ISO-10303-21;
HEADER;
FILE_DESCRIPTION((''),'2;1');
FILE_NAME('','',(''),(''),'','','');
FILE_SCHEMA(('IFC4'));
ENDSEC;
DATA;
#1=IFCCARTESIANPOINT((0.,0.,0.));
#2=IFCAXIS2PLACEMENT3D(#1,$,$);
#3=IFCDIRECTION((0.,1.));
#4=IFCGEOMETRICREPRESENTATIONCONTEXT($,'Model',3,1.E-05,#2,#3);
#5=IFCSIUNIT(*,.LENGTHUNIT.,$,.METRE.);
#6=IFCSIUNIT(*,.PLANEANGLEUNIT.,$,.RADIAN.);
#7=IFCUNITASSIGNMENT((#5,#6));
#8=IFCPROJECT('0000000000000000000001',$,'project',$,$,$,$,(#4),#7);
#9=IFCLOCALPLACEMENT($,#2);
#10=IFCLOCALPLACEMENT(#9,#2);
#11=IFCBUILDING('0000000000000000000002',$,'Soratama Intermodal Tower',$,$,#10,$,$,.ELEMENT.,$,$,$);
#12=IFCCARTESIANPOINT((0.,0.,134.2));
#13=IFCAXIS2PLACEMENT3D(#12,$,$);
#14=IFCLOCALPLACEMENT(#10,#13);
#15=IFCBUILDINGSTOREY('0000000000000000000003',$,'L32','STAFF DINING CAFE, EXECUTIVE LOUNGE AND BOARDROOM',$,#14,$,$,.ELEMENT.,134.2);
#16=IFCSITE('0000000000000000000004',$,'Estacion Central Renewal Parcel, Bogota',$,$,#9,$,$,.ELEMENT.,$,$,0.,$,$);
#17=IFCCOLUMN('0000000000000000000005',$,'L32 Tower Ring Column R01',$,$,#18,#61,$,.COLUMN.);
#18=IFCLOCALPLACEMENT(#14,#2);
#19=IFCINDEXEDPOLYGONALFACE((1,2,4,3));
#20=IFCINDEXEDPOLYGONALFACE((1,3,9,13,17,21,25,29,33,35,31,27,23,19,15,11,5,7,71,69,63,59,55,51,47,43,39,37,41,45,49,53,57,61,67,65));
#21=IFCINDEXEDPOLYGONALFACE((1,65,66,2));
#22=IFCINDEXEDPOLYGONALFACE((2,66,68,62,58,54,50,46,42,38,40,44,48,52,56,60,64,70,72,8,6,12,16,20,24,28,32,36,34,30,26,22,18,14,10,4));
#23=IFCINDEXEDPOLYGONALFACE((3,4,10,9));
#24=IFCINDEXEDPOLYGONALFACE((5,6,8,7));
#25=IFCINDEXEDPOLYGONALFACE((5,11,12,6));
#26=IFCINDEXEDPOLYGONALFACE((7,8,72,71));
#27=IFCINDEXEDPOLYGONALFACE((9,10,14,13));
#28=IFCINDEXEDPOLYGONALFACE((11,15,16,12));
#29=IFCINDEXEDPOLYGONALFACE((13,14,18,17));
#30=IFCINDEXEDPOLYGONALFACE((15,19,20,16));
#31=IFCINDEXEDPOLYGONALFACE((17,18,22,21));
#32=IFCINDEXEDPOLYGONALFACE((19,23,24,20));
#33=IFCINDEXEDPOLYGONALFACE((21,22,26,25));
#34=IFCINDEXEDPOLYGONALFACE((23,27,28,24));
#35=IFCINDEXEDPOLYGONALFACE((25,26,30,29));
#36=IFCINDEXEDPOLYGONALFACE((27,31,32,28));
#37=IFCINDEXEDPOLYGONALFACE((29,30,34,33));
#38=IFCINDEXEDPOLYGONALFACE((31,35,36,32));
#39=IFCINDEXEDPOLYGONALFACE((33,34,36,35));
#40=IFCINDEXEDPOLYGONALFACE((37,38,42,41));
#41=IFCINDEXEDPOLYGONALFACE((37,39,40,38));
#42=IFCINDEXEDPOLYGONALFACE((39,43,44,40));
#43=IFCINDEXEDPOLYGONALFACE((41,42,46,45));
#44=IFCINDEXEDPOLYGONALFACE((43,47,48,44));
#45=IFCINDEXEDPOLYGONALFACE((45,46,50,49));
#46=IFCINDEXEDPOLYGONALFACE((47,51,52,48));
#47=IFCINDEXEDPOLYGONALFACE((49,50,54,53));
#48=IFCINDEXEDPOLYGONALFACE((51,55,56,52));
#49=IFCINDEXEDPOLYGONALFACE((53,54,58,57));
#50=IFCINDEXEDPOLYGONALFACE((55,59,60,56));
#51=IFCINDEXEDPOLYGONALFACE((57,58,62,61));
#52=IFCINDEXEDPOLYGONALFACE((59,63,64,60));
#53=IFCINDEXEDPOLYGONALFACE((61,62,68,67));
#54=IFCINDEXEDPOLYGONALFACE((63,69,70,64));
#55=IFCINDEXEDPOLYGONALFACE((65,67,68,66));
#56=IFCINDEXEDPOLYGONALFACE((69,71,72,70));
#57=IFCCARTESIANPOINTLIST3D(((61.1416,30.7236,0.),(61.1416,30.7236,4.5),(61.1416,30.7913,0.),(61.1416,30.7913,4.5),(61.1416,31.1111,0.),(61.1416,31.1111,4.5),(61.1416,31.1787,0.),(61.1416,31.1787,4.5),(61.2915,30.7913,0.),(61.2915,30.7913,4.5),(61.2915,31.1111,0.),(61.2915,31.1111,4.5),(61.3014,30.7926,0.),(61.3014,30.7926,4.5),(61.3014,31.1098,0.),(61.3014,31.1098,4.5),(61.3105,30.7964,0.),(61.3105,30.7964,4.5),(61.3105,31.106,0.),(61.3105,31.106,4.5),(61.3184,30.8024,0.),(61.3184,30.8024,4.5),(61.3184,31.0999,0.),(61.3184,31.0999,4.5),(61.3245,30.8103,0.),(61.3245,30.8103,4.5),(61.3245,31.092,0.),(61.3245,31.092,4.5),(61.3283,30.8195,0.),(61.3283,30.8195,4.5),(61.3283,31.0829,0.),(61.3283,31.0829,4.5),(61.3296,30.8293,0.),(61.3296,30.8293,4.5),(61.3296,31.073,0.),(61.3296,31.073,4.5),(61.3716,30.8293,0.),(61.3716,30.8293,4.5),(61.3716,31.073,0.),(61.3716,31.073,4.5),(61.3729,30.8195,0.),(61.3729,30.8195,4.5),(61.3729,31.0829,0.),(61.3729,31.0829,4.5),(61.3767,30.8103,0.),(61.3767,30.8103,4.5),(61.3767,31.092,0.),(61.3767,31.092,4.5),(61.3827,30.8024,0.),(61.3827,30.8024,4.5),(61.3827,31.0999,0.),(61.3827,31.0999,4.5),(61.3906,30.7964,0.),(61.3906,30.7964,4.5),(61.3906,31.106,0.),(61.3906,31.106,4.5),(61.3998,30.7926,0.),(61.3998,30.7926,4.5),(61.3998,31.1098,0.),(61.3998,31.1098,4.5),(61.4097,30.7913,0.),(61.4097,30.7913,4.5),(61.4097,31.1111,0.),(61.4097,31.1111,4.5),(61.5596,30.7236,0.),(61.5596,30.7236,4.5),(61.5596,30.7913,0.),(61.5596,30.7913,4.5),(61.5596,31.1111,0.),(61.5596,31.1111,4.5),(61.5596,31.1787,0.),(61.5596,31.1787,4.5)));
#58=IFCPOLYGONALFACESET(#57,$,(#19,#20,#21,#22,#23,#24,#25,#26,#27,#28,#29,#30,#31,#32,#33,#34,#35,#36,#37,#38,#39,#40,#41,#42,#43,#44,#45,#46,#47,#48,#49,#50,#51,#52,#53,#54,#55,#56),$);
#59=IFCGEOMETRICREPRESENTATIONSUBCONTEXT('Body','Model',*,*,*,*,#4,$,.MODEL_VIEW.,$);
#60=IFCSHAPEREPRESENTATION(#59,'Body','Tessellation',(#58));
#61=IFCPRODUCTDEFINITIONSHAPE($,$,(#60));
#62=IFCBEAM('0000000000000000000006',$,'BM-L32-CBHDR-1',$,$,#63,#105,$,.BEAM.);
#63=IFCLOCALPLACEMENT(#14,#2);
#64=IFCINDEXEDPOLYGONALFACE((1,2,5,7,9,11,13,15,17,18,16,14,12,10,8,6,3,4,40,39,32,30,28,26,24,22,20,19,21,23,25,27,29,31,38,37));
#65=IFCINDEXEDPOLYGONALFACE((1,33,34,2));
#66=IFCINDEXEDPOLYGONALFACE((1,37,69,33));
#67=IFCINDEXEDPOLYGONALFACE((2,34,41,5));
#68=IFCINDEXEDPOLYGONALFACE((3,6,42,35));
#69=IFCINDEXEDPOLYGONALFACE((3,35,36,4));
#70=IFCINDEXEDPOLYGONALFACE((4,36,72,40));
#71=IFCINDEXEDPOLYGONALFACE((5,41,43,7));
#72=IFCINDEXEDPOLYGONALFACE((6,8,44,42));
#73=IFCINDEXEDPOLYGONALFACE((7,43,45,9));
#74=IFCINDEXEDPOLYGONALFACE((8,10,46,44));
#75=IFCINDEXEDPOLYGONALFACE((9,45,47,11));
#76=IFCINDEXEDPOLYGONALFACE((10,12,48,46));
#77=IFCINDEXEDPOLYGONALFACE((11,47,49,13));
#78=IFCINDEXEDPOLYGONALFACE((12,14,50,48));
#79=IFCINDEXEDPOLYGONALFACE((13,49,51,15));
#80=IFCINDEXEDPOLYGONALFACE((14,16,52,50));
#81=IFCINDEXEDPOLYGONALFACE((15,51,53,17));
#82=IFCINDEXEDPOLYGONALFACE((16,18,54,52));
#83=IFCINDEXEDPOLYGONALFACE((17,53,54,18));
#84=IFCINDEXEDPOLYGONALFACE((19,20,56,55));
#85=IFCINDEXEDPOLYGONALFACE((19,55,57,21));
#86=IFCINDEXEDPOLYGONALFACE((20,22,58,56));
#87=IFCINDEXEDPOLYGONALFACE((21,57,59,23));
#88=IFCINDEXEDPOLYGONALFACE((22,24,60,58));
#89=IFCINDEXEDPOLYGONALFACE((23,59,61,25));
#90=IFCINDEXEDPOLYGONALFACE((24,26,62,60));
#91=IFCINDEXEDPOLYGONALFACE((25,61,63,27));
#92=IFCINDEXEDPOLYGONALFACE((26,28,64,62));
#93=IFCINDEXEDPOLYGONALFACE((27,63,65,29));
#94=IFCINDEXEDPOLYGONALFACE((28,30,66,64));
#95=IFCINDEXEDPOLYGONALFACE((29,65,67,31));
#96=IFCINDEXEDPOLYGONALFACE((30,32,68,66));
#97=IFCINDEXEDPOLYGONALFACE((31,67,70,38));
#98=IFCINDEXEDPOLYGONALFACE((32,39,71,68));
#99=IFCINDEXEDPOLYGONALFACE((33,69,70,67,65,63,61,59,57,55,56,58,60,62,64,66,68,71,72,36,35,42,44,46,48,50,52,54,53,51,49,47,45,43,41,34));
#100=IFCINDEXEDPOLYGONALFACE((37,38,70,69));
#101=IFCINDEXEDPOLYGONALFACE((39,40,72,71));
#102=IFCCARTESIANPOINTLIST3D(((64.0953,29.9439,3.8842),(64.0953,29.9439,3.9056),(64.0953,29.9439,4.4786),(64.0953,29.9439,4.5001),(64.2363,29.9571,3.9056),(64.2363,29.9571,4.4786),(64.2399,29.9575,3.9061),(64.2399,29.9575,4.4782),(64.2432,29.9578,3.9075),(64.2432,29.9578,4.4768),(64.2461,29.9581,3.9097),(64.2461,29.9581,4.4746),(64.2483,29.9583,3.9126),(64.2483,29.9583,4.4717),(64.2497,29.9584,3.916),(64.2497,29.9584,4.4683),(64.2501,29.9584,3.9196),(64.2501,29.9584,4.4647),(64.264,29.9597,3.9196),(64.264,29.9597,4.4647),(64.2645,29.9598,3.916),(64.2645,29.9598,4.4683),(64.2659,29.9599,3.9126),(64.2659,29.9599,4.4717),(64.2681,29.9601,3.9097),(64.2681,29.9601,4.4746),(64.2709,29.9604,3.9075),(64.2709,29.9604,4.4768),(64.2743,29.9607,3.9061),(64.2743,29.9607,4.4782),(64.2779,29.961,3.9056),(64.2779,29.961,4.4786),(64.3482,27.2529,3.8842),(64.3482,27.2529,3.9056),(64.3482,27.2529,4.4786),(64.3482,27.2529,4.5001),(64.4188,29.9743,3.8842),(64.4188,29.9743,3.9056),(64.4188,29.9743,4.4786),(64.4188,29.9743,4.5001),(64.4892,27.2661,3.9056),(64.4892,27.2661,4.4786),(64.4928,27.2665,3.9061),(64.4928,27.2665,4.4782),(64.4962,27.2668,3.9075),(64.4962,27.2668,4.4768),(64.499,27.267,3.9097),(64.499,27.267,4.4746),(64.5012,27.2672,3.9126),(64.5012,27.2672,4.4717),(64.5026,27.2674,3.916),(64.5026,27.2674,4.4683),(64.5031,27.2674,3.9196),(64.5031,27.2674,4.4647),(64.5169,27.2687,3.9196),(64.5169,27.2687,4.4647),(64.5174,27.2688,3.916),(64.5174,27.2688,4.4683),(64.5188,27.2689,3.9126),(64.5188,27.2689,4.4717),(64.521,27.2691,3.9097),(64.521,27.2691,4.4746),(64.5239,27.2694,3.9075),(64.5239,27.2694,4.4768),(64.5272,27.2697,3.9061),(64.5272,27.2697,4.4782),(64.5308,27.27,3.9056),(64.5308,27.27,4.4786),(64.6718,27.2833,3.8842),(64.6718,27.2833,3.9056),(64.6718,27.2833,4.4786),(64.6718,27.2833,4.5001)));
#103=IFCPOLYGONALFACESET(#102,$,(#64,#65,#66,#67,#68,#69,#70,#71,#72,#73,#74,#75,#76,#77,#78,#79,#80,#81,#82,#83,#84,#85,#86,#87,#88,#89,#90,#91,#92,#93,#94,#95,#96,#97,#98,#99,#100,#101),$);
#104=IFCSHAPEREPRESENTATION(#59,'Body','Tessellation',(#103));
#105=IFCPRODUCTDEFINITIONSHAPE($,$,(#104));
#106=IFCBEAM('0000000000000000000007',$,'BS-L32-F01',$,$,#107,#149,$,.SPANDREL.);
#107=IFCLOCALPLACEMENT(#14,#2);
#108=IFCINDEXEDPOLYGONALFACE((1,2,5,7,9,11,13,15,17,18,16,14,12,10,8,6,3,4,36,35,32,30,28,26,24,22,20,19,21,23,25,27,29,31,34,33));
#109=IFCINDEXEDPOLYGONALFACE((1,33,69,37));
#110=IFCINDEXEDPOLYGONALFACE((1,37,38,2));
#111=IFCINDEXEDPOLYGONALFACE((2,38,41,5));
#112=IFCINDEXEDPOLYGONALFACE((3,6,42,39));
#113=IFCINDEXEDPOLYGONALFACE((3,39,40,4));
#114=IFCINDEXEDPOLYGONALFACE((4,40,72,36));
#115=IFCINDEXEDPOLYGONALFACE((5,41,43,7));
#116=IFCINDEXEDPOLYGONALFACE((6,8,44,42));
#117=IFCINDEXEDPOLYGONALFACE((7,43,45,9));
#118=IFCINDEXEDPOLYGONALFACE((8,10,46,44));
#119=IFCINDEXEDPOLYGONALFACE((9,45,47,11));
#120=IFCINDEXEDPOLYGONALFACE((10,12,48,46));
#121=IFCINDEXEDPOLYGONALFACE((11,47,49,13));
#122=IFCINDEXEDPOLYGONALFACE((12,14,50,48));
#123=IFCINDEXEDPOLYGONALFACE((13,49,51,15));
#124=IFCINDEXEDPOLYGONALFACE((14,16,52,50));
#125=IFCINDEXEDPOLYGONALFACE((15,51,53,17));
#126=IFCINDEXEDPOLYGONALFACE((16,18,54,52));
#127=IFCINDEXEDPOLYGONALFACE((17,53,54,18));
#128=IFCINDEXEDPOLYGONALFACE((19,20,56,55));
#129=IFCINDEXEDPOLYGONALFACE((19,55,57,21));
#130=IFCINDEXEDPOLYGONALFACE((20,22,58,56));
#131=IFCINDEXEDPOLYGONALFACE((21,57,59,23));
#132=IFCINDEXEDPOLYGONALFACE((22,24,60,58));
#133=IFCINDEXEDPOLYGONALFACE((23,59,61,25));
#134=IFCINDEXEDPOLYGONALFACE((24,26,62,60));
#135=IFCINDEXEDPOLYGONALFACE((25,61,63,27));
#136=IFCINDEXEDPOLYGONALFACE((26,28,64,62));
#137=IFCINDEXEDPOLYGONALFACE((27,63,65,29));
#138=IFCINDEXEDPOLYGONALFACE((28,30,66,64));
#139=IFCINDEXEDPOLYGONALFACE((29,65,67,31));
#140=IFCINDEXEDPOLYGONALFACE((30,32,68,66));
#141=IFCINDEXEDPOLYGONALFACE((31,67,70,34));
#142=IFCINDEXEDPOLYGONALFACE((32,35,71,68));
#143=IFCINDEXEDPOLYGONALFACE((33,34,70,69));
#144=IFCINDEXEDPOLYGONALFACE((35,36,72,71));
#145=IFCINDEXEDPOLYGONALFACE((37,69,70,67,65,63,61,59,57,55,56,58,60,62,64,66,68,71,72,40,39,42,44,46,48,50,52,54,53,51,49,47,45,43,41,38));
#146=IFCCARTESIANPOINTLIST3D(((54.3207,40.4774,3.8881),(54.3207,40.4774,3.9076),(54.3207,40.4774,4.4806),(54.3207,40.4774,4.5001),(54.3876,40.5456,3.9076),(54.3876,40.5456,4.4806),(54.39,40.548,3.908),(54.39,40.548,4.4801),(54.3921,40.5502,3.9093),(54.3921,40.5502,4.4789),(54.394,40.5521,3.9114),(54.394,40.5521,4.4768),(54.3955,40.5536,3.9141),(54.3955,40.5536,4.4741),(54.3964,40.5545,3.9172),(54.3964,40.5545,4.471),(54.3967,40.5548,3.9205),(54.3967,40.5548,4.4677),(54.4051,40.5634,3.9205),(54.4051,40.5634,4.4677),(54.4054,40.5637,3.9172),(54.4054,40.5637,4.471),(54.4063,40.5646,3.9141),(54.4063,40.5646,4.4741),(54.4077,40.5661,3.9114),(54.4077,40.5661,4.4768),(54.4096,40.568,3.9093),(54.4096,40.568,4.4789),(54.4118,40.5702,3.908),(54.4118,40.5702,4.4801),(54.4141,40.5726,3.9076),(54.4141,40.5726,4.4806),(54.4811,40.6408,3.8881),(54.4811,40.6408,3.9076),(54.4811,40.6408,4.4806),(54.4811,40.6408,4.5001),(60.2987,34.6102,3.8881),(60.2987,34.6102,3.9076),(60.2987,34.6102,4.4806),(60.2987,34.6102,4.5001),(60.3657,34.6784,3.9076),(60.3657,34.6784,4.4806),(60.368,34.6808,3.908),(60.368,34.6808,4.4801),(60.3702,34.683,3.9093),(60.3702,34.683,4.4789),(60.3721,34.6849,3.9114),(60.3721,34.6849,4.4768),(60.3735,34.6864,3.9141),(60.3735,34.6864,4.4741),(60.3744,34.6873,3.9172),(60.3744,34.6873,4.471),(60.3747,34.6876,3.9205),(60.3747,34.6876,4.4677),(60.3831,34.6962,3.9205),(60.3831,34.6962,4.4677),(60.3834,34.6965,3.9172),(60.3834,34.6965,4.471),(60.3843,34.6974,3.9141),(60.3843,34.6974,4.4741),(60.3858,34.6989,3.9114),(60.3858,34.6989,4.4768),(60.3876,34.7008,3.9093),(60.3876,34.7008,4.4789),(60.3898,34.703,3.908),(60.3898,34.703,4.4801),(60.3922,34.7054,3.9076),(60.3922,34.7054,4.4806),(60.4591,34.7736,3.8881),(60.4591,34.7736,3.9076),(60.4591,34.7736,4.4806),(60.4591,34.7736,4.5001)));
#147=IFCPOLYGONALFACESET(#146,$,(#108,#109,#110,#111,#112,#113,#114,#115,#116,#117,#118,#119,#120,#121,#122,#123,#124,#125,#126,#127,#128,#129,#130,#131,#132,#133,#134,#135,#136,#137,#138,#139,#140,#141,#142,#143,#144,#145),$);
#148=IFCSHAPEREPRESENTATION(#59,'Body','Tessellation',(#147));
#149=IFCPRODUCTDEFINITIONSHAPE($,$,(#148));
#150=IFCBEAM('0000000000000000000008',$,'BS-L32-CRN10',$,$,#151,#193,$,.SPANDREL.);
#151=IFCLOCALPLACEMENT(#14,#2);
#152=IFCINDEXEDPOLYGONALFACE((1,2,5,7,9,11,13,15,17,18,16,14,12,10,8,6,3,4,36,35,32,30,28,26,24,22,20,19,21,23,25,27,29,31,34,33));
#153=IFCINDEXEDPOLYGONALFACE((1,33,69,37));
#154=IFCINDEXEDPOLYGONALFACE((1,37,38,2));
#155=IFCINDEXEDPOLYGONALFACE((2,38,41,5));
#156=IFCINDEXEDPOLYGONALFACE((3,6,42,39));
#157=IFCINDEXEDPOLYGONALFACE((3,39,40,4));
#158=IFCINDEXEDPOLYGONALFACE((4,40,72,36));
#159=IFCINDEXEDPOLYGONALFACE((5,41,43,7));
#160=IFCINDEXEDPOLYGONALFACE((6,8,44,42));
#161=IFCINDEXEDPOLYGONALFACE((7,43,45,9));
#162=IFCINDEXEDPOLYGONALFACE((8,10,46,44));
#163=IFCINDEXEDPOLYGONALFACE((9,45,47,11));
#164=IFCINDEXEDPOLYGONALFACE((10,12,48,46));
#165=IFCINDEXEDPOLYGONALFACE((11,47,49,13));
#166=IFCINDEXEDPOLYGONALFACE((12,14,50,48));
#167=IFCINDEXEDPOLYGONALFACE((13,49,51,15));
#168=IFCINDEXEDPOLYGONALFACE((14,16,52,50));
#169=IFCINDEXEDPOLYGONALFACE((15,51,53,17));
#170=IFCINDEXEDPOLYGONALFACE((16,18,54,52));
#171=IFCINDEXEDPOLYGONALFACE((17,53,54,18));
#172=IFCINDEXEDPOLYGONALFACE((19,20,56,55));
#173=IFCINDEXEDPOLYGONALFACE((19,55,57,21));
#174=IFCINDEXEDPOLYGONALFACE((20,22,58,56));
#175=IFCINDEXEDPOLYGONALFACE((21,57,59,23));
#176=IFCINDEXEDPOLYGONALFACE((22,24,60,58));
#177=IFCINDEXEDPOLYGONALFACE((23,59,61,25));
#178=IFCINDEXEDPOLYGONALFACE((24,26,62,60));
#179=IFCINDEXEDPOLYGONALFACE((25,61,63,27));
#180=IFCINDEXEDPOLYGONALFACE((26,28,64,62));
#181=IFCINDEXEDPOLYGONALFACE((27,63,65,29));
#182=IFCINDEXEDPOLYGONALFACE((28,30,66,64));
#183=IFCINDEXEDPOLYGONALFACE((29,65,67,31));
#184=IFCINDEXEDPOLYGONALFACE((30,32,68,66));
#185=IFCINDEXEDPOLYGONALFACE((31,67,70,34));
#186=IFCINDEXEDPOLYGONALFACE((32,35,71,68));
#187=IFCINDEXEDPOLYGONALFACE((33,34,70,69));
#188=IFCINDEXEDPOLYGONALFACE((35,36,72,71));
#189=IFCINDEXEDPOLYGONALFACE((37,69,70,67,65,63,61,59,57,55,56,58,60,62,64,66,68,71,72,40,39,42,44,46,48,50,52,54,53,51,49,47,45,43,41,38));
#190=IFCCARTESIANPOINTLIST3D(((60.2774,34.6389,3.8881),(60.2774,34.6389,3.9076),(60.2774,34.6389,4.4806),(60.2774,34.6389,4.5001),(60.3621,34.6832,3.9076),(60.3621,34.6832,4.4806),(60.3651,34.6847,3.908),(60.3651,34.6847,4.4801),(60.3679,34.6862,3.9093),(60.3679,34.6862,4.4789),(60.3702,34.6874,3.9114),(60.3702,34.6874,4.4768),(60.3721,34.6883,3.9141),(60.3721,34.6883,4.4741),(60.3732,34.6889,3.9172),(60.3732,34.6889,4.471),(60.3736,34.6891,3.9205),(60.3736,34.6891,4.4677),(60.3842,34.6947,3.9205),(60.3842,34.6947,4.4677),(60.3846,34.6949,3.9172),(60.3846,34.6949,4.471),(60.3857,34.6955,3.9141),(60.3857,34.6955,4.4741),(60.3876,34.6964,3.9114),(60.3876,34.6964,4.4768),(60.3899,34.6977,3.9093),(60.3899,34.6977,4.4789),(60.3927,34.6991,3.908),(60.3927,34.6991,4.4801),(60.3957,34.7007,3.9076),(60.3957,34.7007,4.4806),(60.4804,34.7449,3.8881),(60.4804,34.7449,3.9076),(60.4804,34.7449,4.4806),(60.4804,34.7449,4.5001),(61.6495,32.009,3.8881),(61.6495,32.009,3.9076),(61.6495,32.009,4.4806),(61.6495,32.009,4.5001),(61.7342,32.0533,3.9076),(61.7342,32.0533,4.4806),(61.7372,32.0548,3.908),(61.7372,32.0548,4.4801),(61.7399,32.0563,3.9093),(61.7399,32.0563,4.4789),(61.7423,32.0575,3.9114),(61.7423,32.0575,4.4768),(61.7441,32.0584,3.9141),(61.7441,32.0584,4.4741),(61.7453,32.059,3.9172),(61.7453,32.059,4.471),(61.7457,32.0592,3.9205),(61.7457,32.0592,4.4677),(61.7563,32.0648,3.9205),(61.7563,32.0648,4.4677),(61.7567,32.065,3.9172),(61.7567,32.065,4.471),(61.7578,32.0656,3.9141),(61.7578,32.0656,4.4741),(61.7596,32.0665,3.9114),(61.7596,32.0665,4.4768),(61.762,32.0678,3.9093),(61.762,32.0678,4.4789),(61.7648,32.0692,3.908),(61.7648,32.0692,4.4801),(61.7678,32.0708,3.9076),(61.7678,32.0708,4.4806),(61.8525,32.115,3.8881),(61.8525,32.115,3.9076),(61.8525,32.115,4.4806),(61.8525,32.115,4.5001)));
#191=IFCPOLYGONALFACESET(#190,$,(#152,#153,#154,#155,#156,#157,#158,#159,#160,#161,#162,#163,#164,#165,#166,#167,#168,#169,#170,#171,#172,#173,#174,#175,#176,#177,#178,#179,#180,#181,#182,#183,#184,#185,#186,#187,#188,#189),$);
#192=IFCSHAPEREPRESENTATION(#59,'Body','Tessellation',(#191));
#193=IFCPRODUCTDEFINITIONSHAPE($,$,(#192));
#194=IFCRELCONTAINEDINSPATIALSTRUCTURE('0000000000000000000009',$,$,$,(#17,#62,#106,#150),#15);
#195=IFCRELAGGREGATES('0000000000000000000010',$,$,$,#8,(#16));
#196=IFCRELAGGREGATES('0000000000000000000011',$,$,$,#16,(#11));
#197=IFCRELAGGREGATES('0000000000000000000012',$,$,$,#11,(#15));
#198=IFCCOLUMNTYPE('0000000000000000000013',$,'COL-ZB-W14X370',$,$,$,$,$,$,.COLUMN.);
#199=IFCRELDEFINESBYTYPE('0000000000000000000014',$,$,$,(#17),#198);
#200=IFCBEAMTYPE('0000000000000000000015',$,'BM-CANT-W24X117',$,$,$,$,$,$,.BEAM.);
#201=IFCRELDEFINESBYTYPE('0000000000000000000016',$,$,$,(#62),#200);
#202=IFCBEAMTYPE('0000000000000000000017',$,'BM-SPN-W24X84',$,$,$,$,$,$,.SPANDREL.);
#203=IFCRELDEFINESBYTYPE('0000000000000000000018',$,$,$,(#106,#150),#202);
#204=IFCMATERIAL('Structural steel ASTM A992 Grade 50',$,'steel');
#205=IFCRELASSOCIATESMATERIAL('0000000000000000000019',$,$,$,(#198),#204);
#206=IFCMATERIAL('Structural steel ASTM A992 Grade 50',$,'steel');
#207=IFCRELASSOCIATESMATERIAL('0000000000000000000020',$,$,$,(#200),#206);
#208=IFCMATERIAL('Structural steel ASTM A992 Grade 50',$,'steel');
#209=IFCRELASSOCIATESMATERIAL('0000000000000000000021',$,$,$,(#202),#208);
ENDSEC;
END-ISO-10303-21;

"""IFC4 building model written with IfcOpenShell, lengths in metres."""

from ifc_helpers import new_model, si_unit, direction, frame, origin, origin_2d, place, context, subcontext, project, spatial, i_section, extrude, material, material_profile, profile_set, type_object, element, save


model = new_model("IFC4")

# Units and contexts
model_context = context("Model", 3, precision=1e-05, world=origin(), true_north=direction((0.0, 1.0)))
body_context = subcontext(model_context, "Body", "Model", "MODEL_VIEW")
ifc_project = project(units=[si_unit("LENGTHUNIT", "METRE"), si_unit("PLANEANGLEUNIT", "RADIAN")], contexts=[model_context])

# Site, building, storey
site_placement = place(None, origin())
site = spatial("IfcSite", under=ifc_project, at=site_placement, Name="Estacion Central Renewal Parcel, Bogota", CompositionType="ELEMENT", RefElevation=0.0)
building_placement = place(site_placement, origin())
building = spatial("IfcBuilding", under=site, at=building_placement, Name="Soratama Intermodal Tower", CompositionType="ELEMENT")
storey_placement = place(building_placement, frame((0.0, 0.0, 134.2)))
storey = spatial("IfcBuildingStorey", under=building, at=storey_placement, Name="L32", Description="STAFF DINING CAFE, EXECUTIVE LOUNGE AND BOARDROOM", CompositionType="ELEMENT", Elevation=134.2)

# Column
ifc_material_1 = material(Name="Structural steel ASTM A992 Grade 50", Category="steel")
ifc_material_profile_1 = material_profile(ifc_material_1, i_section(OverallWidth=0.418, OverallDepth=0.4551, WebThickness=0.042, FlangeThickness=0.0676, FilletRadius=0.0381, at=origin_2d()), Name="W14X370")
ifc_profile_set_1 = profile_set([ifc_material_profile_1], Name="Structural steel ASTM A992 Grade 50")
column_type = type_object("IfcColumnType", Name="COL-ZB-W14X370", PredefinedType="COLUMN", material=ifc_profile_set_1)
column_placement = place(storey_placement, frame((61.3506, 30.9512, 0.0), z_axis=(0.0, 0.0, 1.0), x_axis=(1.0, 0.0, 0.0)))
element("IfcColumn", 1, at=column_placement, inside=storey, type_object=column_type, Name="L32 Tower Ring Column R01", PredefinedType="COLUMN", context=body_context, shape_type="SweptSolid", body=[
    extrude(i_section(OverallWidth=0.418, OverallDepth=0.4551, WebThickness=0.042, FlangeThickness=0.0676, FilletRadius=0.0381, at=origin_2d()), origin(), (0.0, 0.0, 1.0), 4.5),
])

# Beams
ifc_material_2 = material(Name="Structural steel ASTM A992 Grade 50", Category="steel")
ifc_material_profile_2 = material_profile(ifc_material_2, i_section(OverallWidth=0.325, OverallDepth=0.616, WebThickness=0.0139, FlangeThickness=0.0215, FilletRadius=0.0139, at=origin_2d()), Name="W24X117")
ifc_profile_set_2 = profile_set([ifc_material_profile_2], Name="Structural steel ASTM A992 Grade 50")
beam_type_1 = type_object("IfcBeamType", Name="BM-CANT-W24X117", PredefinedType="BEAM", material=ifc_profile_set_2)
beam_1_placement = place(storey_placement, frame((64.51, 27.2681, 4.1921), z_axis=(-0.093581, 0.995612, 0.0), x_axis=(-0.995612, -0.093581, 0.0)))
element("IfcBeam", 2, at=beam_1_placement, inside=storey, type_object=beam_type_1, Name="BM-L32-CBHDR-1", PredefinedType="BEAM", context=body_context, shape_type="SweptSolid", body=[
    extrude(i_section(OverallWidth=0.325, OverallDepth=0.616, WebThickness=0.0139, FlangeThickness=0.0215, FilletRadius=0.0139, at=origin_2d()), origin(), (0.0, 0.0, 1.0), 2.7029),
])
ifc_material_3 = material(Name="Structural steel ASTM A992 Grade 50", Category="steel")
ifc_material_profile_3 = material_profile(ifc_material_3, i_section(OverallWidth=0.229, OverallDepth=0.6121, WebThickness=0.012, FlangeThickness=0.0195, FilletRadius=0.0129, at=origin_2d()), Name="W24X84")
ifc_profile_set_3 = profile_set([ifc_material_profile_3], Name="Structural steel ASTM A992 Grade 50")
beam_type_2 = type_object("IfcBeamType", Name="BM-SPN-W24X84", PredefinedType="SPANDREL", material=ifc_profile_set_3)
beam_2_placement = place(storey_placement, frame((60.3789, 34.6919, 4.1941), z_axis=(-0.713692, 0.700459, 0.0), x_axis=(-0.700459, -0.713692, 0.0)))
element("IfcBeam", 3, at=beam_2_placement, inside=storey, type_object=beam_type_2, Name="BS-L32-F01", PredefinedType="SPANDREL", context=body_context, shape_type="SweptSolid", body=[
    extrude(i_section(OverallWidth=0.229, OverallDepth=0.6121, WebThickness=0.012, FlangeThickness=0.0195, FilletRadius=0.0129, at=origin_2d()), origin(), (0.0, 0.0, 1.0), 8.3762),
])
beam_3_placement = place(storey_placement, frame((61.751, 32.062, 4.1941), z_axis=(-0.462555, 0.886591, 0.0), x_axis=(-0.886591, -0.462555, 0.0)))
element("IfcBeam", 4, at=beam_3_placement, inside=storey, type_object=beam_type_2, Name="BS-L32-CRN10", PredefinedType="SPANDREL", context=body_context, shape_type="SweptSolid", body=[
    extrude(i_section(OverallWidth=0.229, OverallDepth=0.6121, WebThickness=0.012, FlangeThickness=0.0195, FilletRadius=0.0129, at=origin_2d()), origin(), (0.0, 0.0, 1.0), 2.9663),
])

save(model, "model.ifc")
